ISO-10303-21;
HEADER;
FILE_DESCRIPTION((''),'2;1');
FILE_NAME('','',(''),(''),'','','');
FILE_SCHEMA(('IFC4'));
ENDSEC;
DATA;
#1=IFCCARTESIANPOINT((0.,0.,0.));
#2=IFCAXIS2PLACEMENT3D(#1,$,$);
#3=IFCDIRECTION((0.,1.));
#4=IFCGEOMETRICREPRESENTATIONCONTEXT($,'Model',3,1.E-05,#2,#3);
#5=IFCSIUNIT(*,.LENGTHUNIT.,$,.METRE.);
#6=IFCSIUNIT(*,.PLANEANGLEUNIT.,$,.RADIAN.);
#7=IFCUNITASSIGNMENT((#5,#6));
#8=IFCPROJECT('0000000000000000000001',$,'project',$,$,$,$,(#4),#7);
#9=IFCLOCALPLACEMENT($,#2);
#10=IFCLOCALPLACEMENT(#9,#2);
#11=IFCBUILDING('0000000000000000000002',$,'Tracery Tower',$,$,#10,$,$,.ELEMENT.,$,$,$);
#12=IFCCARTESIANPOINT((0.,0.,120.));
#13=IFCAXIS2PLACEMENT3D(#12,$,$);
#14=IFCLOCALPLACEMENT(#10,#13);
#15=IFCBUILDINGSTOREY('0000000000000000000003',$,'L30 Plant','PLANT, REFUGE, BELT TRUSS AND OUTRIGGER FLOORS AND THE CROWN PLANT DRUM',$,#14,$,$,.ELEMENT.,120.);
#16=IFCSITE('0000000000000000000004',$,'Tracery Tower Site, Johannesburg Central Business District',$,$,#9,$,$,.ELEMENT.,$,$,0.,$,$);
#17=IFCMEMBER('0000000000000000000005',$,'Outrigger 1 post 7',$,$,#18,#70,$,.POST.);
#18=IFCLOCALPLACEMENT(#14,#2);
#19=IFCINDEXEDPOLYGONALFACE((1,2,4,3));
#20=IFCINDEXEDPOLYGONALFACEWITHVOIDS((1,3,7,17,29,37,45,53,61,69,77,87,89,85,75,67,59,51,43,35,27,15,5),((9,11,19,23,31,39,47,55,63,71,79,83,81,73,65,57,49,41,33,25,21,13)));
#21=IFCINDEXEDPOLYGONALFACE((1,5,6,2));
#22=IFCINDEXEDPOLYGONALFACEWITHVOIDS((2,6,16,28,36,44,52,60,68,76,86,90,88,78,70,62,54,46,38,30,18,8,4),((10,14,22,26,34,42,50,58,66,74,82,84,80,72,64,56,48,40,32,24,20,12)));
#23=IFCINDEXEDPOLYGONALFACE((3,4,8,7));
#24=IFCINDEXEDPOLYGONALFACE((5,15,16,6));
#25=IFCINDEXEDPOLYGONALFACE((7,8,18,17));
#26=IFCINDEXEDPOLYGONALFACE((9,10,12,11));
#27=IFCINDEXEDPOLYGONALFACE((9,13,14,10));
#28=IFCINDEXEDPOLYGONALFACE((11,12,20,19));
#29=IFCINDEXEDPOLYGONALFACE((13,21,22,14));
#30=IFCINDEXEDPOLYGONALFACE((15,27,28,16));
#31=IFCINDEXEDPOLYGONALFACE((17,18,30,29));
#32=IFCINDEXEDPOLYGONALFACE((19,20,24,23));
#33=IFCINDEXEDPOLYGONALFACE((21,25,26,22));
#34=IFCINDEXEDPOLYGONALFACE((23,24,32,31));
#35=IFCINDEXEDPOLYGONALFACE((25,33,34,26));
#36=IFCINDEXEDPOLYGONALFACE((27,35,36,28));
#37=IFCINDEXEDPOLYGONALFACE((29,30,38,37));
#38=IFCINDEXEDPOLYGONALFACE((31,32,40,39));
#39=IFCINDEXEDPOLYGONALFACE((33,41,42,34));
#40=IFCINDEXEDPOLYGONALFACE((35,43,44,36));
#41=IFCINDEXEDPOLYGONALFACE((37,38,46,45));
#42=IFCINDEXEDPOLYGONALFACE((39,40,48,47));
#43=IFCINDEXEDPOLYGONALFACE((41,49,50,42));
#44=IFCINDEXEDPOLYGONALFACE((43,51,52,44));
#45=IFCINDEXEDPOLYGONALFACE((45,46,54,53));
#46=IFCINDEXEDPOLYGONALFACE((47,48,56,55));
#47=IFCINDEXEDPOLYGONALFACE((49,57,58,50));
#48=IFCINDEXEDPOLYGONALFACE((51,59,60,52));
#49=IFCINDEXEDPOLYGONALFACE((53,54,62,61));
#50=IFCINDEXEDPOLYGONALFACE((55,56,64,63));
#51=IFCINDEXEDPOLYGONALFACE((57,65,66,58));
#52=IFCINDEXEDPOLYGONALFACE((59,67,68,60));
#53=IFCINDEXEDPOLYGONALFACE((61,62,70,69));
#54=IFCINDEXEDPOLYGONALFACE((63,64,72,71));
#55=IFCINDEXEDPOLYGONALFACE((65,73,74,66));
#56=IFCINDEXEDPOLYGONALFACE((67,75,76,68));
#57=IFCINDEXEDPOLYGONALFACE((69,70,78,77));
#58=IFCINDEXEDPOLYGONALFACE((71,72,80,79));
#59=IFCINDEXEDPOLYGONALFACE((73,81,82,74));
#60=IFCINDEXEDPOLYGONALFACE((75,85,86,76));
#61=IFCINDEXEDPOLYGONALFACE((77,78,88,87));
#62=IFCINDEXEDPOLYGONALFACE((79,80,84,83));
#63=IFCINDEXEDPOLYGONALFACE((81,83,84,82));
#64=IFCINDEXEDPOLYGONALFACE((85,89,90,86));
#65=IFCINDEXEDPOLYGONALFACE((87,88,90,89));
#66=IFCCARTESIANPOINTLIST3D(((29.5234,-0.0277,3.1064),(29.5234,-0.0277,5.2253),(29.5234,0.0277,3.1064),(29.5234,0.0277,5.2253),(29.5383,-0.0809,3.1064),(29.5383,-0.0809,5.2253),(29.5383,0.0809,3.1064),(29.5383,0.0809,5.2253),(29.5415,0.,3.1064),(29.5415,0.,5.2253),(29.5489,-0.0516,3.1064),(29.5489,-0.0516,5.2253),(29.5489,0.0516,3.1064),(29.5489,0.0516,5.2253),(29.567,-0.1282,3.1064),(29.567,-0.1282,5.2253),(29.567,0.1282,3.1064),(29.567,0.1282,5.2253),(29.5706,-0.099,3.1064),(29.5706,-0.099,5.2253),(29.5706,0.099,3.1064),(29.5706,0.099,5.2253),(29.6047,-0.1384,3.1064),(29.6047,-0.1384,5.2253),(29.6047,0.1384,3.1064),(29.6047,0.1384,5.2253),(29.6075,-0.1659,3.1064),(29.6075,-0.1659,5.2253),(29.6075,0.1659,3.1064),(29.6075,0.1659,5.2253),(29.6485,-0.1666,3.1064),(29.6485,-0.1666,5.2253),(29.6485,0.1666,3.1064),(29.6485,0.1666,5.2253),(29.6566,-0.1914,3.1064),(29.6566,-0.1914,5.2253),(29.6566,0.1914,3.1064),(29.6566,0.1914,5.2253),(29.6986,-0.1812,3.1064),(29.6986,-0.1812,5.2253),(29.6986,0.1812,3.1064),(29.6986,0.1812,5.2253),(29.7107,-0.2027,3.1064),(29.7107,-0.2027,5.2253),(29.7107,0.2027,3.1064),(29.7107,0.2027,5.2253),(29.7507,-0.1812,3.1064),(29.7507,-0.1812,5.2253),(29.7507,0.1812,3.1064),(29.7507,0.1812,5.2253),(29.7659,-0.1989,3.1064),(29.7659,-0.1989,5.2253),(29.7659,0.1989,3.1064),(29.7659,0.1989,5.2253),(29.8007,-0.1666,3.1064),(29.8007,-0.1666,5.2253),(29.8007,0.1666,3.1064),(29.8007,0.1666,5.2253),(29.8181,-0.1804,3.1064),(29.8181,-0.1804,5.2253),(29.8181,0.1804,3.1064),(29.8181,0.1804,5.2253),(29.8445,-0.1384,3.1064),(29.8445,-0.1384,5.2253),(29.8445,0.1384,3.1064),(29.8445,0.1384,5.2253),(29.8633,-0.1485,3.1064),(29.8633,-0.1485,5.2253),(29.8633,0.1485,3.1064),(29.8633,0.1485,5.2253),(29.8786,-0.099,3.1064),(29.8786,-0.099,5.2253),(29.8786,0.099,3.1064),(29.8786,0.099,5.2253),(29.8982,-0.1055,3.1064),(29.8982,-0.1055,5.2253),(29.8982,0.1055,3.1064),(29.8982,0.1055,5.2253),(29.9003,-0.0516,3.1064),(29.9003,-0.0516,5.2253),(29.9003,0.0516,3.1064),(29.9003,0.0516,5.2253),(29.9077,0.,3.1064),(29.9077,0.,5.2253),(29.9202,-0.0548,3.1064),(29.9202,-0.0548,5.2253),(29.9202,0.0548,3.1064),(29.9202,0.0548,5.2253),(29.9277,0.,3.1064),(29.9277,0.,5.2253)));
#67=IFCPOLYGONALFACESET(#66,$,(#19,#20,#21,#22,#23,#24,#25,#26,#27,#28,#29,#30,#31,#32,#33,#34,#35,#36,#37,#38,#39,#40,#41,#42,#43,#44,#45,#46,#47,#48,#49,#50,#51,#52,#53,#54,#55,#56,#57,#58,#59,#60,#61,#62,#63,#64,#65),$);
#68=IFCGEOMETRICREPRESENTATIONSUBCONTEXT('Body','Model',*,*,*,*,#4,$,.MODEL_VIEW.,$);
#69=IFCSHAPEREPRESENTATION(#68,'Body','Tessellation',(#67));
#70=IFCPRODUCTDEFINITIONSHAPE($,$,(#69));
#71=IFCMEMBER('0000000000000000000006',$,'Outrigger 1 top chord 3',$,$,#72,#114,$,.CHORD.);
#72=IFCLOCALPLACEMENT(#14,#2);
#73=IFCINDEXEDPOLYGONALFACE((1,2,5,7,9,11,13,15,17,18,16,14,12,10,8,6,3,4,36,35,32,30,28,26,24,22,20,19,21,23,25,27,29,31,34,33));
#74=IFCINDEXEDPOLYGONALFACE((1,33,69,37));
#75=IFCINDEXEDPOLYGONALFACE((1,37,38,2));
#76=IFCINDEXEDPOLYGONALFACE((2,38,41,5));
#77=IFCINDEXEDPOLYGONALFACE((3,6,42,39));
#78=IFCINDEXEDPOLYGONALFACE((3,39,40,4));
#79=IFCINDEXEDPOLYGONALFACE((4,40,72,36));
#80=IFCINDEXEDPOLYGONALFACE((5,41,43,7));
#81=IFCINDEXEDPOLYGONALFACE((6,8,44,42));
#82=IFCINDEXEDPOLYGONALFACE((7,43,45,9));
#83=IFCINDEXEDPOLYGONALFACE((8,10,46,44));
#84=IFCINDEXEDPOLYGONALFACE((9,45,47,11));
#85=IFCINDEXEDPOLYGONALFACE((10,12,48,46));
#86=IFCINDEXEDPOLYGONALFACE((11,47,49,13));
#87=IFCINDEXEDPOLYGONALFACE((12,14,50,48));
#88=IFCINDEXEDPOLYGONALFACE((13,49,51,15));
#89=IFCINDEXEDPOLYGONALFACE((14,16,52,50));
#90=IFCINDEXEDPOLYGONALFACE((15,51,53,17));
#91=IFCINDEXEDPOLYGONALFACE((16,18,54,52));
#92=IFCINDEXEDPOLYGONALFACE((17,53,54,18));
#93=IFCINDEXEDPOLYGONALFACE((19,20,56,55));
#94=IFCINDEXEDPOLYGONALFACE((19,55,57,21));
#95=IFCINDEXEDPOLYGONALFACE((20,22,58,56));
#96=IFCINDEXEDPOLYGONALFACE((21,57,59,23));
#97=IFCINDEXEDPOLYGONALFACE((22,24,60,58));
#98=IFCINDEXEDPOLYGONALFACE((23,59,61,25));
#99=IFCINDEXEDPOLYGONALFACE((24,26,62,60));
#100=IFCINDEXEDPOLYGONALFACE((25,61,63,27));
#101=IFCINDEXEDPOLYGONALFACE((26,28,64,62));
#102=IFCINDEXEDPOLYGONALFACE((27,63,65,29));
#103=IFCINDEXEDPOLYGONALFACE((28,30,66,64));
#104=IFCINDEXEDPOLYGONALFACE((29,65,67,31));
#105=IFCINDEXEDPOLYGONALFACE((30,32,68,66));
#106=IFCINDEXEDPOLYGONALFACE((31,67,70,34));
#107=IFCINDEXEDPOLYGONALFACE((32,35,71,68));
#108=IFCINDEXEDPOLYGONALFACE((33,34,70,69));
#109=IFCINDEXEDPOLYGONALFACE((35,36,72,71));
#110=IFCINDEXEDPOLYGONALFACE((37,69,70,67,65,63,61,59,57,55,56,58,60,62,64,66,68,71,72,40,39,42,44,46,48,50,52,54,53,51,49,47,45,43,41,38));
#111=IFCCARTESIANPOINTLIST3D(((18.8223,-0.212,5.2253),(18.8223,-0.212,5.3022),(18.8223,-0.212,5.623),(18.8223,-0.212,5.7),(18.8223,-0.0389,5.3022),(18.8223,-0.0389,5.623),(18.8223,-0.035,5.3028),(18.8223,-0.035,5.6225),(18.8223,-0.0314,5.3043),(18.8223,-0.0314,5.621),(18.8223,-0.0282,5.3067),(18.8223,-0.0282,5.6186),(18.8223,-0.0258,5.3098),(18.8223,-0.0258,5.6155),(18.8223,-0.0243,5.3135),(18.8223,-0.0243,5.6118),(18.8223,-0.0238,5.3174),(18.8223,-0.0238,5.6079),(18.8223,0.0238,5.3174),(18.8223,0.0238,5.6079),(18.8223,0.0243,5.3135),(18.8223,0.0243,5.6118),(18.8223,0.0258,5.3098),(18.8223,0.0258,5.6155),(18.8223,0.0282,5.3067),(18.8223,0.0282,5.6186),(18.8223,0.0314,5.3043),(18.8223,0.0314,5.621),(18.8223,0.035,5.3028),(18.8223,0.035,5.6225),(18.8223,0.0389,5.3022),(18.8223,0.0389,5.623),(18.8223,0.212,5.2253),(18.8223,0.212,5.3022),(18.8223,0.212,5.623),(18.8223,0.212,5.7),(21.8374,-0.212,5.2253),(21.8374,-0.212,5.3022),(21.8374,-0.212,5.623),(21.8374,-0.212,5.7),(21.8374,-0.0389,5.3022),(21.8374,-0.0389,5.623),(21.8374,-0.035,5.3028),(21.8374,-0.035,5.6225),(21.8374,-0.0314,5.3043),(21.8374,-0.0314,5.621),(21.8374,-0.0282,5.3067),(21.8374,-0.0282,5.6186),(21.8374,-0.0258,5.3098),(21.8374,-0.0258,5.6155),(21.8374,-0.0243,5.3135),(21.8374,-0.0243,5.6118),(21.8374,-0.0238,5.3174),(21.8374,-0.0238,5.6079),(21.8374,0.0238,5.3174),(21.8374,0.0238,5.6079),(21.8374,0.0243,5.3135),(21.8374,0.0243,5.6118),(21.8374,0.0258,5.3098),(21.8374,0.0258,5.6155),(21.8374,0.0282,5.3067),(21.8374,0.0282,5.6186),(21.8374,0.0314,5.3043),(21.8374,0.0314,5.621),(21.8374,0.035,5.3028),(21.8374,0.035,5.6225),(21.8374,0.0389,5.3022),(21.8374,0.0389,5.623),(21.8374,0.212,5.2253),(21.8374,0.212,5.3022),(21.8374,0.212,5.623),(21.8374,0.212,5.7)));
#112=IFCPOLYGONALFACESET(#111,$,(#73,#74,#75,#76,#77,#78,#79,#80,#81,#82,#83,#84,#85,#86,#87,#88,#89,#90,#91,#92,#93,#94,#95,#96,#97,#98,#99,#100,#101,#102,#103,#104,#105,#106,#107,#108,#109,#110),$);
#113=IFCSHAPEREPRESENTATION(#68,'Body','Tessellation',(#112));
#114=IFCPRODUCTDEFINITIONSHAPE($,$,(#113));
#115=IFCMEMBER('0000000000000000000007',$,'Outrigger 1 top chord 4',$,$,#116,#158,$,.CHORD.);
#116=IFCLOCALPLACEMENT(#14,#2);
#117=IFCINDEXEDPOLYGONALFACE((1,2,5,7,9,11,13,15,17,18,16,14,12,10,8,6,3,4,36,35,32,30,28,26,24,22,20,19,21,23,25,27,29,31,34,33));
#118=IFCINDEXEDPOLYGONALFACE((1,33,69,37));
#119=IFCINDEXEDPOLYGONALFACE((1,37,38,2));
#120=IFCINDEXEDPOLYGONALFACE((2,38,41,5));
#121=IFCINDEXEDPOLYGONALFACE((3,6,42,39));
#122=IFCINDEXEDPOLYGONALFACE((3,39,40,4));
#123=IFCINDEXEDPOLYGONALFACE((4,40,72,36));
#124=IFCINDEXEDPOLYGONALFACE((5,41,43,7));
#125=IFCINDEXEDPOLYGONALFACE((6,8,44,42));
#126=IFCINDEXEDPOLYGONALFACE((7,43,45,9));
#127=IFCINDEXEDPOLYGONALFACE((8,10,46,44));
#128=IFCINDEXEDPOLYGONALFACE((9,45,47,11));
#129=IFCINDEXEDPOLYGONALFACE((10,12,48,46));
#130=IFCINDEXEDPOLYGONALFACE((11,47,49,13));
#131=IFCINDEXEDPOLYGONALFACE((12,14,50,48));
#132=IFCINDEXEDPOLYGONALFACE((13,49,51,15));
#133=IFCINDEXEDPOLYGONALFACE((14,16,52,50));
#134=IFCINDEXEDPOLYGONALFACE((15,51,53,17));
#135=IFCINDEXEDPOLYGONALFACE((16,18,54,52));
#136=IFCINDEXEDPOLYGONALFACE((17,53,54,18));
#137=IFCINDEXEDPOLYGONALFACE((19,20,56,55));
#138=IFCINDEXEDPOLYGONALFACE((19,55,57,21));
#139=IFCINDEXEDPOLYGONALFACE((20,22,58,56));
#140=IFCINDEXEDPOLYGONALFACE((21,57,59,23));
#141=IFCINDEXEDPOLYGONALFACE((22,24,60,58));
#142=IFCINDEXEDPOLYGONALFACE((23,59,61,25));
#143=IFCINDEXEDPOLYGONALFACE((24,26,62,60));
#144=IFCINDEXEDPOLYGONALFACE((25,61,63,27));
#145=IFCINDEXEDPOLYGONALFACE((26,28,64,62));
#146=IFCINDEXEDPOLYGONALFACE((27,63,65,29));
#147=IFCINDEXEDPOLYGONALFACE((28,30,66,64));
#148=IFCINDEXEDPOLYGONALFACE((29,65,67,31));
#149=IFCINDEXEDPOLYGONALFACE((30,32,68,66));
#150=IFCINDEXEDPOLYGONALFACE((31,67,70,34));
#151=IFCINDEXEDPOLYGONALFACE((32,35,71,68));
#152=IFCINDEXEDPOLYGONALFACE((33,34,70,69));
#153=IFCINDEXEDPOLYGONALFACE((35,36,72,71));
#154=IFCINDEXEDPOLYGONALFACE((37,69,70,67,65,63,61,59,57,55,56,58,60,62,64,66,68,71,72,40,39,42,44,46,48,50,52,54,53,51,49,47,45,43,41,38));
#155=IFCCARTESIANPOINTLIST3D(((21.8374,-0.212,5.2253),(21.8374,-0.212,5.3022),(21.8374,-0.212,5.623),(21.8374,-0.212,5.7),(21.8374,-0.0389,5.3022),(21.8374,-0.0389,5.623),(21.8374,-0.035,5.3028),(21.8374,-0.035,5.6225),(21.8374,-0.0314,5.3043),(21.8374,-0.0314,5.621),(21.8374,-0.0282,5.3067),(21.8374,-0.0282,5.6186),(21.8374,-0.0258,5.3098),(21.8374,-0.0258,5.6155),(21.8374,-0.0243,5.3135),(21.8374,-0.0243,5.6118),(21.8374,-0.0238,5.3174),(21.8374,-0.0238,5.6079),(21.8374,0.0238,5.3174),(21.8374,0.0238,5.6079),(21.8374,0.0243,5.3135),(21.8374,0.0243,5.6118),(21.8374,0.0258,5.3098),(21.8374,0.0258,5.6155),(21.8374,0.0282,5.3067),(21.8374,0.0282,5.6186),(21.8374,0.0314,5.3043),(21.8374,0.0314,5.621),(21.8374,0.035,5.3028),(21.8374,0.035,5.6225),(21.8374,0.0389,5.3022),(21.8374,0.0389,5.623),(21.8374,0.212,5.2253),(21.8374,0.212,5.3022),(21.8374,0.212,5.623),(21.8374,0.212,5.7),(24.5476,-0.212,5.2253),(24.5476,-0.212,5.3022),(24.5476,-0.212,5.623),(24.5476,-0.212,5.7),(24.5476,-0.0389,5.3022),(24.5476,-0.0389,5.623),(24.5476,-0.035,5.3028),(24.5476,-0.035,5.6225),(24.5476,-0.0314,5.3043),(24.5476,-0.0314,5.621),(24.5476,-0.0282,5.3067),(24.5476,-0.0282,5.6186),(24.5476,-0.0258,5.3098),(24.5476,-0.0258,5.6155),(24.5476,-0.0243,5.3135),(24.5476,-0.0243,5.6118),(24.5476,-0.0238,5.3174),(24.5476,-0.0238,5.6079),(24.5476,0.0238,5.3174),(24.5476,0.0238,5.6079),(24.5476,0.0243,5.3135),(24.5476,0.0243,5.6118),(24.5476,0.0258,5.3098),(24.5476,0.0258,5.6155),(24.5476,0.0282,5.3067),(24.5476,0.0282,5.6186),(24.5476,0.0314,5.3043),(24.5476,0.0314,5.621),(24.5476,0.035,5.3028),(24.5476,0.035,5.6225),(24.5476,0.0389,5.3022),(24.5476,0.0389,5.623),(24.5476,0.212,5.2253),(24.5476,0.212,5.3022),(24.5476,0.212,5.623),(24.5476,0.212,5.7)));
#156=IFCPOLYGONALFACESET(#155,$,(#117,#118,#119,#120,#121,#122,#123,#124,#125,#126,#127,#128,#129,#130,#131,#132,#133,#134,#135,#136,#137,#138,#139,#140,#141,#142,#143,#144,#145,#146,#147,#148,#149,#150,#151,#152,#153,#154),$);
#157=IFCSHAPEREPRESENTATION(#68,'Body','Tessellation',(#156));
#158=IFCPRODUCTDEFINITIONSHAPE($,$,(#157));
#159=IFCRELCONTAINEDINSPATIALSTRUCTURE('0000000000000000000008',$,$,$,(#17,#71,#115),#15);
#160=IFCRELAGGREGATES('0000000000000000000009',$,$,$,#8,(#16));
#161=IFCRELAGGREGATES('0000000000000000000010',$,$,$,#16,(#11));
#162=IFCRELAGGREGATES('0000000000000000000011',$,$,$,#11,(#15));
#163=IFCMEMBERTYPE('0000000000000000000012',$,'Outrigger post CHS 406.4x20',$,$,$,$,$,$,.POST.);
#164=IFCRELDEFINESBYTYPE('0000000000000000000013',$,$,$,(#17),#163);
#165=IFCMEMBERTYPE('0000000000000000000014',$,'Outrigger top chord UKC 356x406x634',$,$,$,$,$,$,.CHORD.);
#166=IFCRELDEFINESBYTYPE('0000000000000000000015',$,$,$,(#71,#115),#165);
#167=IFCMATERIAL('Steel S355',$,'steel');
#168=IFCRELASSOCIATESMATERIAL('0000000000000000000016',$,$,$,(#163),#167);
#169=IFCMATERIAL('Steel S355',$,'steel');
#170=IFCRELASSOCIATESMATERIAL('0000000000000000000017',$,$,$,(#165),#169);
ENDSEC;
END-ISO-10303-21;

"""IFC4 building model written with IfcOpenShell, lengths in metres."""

from ifc_helpers import new_model, si_unit, direction, frame, origin, origin_2d, place, context, subcontext, project, spatial, hollow_circle, i_section, extrude, material, material_profile, profile_set, type_object, element, save


model = new_model("IFC4")

# Units and contexts
model_context = context("Model", 3, precision=1e-05, world=origin(), true_north=direction((0.0, 1.0)))
body_context = subcontext(model_context, "Body", "Model", "MODEL_VIEW")
ifc_project = project(units=[si_unit("LENGTHUNIT", "METRE"), si_unit("PLANEANGLEUNIT", "RADIAN")], contexts=[model_context])

# Site, building, storey
site_placement = place(None, origin())
site = spatial("IfcSite", under=ifc_project, at=site_placement, Name="Tracery Tower Site, Johannesburg Central Business District", CompositionType="ELEMENT", RefElevation=0.0)
building_placement = place(site_placement, origin())
building = spatial("IfcBuilding", under=site, at=building_placement, Name="Tracery Tower", CompositionType="ELEMENT")
storey_placement = place(building_placement, frame((0.0, 0.0, 120.0)))
storey = spatial("IfcBuildingStorey", under=building, at=storey_placement, Name="L30 Plant", Description="PLANT, REFUGE, BELT TRUSS AND OUTRIGGER FLOORS AND THE CROWN PLANT DRUM", CompositionType="ELEMENT", Elevation=120.0)

# Members
ifc_material_1 = material(Name="Steel S355", Category="steel")
ifc_material_profile_1 = material_profile(ifc_material_1, hollow_circle(Radius=0.2031, WallThickness=0.02, at=origin_2d()), Name="CHS 406.4x20")
ifc_profile_set_1 = profile_set([ifc_material_profile_1], Name="Steel S355")
member_type_1 = type_object("IfcMemberType", Name="Outrigger post CHS 406.4x20", PredefinedType="POST", material=ifc_profile_set_1)
for number, where, z_axis, x_axis, name in (
    (1, (29.7246, 0.0, 3.1064), (0.0, 0.0, 1.0), (1.0, 0.0, 0.0), "Outrigger 1 post 7"),
):
    element("IfcMember", number, at=place(storey_placement, frame(where, z_axis=z_axis, x_axis=x_axis)), inside=storey, type_object=member_type_1, Name=name, PredefinedType="POST", context=body_context, shape_type="SweptSolid", body=[
        extrude(hollow_circle(Radius=0.2031, WallThickness=0.02, at=origin_2d()), origin(), (0.0, 0.0, 1.0), 2.1189),
    ])
ifc_material_2 = material(Name="Steel S355", Category="steel")
ifc_material_profile_2 = material_profile(ifc_material_2, i_section(OverallWidth=0.4241, OverallDepth=0.4746, WebThickness=0.0476, FlangeThickness=0.0769, FilletRadius=0.0151, at=origin_2d()), Name="UKC 356x406x634")
ifc_profile_set_2 = profile_set([ifc_material_profile_2], Name="Steel S355")
member_type_2 = type_object("IfcMemberType", Name="Outrigger top chord UKC 356x406x634", PredefinedType="CHORD", material=ifc_profile_set_2)
member_1_placement = place(storey_placement, frame((18.8223, 0.0, 5.4626), z_axis=(1.0, 0.0, 0.0), x_axis=(0.0, 1.0, 0.0)))
element("IfcMember", 2, at=member_1_placement, inside=storey, type_object=member_type_2, Name="Outrigger 1 top chord 3", PredefinedType="CHORD", context=body_context, shape_type="SweptSolid", body=[
    extrude(i_section(OverallWidth=0.4241, OverallDepth=0.4746, WebThickness=0.0476, FlangeThickness=0.0769, FilletRadius=0.0151, at=origin_2d()), origin(), (0.0, 0.0, 1.0), 3.0151),
])
member_2_placement = place(storey_placement, frame((21.8374, 0.0, 5.4626), z_axis=(1.0, 0.0, 0.0), x_axis=(0.0, 1.0, 0.0)))
element("IfcMember", 3, at=member_2_placement, inside=storey, type_object=member_type_2, Name="Outrigger 1 top chord 4", PredefinedType="CHORD", context=body_context, shape_type="SweptSolid", body=[
    extrude(i_section(OverallWidth=0.4241, OverallDepth=0.4746, WebThickness=0.0476, FlangeThickness=0.0769, FilletRadius=0.0151, at=origin_2d()), origin(), (0.0, 0.0, 1.0), 2.7102),
])

save(model, "model.ifc")
